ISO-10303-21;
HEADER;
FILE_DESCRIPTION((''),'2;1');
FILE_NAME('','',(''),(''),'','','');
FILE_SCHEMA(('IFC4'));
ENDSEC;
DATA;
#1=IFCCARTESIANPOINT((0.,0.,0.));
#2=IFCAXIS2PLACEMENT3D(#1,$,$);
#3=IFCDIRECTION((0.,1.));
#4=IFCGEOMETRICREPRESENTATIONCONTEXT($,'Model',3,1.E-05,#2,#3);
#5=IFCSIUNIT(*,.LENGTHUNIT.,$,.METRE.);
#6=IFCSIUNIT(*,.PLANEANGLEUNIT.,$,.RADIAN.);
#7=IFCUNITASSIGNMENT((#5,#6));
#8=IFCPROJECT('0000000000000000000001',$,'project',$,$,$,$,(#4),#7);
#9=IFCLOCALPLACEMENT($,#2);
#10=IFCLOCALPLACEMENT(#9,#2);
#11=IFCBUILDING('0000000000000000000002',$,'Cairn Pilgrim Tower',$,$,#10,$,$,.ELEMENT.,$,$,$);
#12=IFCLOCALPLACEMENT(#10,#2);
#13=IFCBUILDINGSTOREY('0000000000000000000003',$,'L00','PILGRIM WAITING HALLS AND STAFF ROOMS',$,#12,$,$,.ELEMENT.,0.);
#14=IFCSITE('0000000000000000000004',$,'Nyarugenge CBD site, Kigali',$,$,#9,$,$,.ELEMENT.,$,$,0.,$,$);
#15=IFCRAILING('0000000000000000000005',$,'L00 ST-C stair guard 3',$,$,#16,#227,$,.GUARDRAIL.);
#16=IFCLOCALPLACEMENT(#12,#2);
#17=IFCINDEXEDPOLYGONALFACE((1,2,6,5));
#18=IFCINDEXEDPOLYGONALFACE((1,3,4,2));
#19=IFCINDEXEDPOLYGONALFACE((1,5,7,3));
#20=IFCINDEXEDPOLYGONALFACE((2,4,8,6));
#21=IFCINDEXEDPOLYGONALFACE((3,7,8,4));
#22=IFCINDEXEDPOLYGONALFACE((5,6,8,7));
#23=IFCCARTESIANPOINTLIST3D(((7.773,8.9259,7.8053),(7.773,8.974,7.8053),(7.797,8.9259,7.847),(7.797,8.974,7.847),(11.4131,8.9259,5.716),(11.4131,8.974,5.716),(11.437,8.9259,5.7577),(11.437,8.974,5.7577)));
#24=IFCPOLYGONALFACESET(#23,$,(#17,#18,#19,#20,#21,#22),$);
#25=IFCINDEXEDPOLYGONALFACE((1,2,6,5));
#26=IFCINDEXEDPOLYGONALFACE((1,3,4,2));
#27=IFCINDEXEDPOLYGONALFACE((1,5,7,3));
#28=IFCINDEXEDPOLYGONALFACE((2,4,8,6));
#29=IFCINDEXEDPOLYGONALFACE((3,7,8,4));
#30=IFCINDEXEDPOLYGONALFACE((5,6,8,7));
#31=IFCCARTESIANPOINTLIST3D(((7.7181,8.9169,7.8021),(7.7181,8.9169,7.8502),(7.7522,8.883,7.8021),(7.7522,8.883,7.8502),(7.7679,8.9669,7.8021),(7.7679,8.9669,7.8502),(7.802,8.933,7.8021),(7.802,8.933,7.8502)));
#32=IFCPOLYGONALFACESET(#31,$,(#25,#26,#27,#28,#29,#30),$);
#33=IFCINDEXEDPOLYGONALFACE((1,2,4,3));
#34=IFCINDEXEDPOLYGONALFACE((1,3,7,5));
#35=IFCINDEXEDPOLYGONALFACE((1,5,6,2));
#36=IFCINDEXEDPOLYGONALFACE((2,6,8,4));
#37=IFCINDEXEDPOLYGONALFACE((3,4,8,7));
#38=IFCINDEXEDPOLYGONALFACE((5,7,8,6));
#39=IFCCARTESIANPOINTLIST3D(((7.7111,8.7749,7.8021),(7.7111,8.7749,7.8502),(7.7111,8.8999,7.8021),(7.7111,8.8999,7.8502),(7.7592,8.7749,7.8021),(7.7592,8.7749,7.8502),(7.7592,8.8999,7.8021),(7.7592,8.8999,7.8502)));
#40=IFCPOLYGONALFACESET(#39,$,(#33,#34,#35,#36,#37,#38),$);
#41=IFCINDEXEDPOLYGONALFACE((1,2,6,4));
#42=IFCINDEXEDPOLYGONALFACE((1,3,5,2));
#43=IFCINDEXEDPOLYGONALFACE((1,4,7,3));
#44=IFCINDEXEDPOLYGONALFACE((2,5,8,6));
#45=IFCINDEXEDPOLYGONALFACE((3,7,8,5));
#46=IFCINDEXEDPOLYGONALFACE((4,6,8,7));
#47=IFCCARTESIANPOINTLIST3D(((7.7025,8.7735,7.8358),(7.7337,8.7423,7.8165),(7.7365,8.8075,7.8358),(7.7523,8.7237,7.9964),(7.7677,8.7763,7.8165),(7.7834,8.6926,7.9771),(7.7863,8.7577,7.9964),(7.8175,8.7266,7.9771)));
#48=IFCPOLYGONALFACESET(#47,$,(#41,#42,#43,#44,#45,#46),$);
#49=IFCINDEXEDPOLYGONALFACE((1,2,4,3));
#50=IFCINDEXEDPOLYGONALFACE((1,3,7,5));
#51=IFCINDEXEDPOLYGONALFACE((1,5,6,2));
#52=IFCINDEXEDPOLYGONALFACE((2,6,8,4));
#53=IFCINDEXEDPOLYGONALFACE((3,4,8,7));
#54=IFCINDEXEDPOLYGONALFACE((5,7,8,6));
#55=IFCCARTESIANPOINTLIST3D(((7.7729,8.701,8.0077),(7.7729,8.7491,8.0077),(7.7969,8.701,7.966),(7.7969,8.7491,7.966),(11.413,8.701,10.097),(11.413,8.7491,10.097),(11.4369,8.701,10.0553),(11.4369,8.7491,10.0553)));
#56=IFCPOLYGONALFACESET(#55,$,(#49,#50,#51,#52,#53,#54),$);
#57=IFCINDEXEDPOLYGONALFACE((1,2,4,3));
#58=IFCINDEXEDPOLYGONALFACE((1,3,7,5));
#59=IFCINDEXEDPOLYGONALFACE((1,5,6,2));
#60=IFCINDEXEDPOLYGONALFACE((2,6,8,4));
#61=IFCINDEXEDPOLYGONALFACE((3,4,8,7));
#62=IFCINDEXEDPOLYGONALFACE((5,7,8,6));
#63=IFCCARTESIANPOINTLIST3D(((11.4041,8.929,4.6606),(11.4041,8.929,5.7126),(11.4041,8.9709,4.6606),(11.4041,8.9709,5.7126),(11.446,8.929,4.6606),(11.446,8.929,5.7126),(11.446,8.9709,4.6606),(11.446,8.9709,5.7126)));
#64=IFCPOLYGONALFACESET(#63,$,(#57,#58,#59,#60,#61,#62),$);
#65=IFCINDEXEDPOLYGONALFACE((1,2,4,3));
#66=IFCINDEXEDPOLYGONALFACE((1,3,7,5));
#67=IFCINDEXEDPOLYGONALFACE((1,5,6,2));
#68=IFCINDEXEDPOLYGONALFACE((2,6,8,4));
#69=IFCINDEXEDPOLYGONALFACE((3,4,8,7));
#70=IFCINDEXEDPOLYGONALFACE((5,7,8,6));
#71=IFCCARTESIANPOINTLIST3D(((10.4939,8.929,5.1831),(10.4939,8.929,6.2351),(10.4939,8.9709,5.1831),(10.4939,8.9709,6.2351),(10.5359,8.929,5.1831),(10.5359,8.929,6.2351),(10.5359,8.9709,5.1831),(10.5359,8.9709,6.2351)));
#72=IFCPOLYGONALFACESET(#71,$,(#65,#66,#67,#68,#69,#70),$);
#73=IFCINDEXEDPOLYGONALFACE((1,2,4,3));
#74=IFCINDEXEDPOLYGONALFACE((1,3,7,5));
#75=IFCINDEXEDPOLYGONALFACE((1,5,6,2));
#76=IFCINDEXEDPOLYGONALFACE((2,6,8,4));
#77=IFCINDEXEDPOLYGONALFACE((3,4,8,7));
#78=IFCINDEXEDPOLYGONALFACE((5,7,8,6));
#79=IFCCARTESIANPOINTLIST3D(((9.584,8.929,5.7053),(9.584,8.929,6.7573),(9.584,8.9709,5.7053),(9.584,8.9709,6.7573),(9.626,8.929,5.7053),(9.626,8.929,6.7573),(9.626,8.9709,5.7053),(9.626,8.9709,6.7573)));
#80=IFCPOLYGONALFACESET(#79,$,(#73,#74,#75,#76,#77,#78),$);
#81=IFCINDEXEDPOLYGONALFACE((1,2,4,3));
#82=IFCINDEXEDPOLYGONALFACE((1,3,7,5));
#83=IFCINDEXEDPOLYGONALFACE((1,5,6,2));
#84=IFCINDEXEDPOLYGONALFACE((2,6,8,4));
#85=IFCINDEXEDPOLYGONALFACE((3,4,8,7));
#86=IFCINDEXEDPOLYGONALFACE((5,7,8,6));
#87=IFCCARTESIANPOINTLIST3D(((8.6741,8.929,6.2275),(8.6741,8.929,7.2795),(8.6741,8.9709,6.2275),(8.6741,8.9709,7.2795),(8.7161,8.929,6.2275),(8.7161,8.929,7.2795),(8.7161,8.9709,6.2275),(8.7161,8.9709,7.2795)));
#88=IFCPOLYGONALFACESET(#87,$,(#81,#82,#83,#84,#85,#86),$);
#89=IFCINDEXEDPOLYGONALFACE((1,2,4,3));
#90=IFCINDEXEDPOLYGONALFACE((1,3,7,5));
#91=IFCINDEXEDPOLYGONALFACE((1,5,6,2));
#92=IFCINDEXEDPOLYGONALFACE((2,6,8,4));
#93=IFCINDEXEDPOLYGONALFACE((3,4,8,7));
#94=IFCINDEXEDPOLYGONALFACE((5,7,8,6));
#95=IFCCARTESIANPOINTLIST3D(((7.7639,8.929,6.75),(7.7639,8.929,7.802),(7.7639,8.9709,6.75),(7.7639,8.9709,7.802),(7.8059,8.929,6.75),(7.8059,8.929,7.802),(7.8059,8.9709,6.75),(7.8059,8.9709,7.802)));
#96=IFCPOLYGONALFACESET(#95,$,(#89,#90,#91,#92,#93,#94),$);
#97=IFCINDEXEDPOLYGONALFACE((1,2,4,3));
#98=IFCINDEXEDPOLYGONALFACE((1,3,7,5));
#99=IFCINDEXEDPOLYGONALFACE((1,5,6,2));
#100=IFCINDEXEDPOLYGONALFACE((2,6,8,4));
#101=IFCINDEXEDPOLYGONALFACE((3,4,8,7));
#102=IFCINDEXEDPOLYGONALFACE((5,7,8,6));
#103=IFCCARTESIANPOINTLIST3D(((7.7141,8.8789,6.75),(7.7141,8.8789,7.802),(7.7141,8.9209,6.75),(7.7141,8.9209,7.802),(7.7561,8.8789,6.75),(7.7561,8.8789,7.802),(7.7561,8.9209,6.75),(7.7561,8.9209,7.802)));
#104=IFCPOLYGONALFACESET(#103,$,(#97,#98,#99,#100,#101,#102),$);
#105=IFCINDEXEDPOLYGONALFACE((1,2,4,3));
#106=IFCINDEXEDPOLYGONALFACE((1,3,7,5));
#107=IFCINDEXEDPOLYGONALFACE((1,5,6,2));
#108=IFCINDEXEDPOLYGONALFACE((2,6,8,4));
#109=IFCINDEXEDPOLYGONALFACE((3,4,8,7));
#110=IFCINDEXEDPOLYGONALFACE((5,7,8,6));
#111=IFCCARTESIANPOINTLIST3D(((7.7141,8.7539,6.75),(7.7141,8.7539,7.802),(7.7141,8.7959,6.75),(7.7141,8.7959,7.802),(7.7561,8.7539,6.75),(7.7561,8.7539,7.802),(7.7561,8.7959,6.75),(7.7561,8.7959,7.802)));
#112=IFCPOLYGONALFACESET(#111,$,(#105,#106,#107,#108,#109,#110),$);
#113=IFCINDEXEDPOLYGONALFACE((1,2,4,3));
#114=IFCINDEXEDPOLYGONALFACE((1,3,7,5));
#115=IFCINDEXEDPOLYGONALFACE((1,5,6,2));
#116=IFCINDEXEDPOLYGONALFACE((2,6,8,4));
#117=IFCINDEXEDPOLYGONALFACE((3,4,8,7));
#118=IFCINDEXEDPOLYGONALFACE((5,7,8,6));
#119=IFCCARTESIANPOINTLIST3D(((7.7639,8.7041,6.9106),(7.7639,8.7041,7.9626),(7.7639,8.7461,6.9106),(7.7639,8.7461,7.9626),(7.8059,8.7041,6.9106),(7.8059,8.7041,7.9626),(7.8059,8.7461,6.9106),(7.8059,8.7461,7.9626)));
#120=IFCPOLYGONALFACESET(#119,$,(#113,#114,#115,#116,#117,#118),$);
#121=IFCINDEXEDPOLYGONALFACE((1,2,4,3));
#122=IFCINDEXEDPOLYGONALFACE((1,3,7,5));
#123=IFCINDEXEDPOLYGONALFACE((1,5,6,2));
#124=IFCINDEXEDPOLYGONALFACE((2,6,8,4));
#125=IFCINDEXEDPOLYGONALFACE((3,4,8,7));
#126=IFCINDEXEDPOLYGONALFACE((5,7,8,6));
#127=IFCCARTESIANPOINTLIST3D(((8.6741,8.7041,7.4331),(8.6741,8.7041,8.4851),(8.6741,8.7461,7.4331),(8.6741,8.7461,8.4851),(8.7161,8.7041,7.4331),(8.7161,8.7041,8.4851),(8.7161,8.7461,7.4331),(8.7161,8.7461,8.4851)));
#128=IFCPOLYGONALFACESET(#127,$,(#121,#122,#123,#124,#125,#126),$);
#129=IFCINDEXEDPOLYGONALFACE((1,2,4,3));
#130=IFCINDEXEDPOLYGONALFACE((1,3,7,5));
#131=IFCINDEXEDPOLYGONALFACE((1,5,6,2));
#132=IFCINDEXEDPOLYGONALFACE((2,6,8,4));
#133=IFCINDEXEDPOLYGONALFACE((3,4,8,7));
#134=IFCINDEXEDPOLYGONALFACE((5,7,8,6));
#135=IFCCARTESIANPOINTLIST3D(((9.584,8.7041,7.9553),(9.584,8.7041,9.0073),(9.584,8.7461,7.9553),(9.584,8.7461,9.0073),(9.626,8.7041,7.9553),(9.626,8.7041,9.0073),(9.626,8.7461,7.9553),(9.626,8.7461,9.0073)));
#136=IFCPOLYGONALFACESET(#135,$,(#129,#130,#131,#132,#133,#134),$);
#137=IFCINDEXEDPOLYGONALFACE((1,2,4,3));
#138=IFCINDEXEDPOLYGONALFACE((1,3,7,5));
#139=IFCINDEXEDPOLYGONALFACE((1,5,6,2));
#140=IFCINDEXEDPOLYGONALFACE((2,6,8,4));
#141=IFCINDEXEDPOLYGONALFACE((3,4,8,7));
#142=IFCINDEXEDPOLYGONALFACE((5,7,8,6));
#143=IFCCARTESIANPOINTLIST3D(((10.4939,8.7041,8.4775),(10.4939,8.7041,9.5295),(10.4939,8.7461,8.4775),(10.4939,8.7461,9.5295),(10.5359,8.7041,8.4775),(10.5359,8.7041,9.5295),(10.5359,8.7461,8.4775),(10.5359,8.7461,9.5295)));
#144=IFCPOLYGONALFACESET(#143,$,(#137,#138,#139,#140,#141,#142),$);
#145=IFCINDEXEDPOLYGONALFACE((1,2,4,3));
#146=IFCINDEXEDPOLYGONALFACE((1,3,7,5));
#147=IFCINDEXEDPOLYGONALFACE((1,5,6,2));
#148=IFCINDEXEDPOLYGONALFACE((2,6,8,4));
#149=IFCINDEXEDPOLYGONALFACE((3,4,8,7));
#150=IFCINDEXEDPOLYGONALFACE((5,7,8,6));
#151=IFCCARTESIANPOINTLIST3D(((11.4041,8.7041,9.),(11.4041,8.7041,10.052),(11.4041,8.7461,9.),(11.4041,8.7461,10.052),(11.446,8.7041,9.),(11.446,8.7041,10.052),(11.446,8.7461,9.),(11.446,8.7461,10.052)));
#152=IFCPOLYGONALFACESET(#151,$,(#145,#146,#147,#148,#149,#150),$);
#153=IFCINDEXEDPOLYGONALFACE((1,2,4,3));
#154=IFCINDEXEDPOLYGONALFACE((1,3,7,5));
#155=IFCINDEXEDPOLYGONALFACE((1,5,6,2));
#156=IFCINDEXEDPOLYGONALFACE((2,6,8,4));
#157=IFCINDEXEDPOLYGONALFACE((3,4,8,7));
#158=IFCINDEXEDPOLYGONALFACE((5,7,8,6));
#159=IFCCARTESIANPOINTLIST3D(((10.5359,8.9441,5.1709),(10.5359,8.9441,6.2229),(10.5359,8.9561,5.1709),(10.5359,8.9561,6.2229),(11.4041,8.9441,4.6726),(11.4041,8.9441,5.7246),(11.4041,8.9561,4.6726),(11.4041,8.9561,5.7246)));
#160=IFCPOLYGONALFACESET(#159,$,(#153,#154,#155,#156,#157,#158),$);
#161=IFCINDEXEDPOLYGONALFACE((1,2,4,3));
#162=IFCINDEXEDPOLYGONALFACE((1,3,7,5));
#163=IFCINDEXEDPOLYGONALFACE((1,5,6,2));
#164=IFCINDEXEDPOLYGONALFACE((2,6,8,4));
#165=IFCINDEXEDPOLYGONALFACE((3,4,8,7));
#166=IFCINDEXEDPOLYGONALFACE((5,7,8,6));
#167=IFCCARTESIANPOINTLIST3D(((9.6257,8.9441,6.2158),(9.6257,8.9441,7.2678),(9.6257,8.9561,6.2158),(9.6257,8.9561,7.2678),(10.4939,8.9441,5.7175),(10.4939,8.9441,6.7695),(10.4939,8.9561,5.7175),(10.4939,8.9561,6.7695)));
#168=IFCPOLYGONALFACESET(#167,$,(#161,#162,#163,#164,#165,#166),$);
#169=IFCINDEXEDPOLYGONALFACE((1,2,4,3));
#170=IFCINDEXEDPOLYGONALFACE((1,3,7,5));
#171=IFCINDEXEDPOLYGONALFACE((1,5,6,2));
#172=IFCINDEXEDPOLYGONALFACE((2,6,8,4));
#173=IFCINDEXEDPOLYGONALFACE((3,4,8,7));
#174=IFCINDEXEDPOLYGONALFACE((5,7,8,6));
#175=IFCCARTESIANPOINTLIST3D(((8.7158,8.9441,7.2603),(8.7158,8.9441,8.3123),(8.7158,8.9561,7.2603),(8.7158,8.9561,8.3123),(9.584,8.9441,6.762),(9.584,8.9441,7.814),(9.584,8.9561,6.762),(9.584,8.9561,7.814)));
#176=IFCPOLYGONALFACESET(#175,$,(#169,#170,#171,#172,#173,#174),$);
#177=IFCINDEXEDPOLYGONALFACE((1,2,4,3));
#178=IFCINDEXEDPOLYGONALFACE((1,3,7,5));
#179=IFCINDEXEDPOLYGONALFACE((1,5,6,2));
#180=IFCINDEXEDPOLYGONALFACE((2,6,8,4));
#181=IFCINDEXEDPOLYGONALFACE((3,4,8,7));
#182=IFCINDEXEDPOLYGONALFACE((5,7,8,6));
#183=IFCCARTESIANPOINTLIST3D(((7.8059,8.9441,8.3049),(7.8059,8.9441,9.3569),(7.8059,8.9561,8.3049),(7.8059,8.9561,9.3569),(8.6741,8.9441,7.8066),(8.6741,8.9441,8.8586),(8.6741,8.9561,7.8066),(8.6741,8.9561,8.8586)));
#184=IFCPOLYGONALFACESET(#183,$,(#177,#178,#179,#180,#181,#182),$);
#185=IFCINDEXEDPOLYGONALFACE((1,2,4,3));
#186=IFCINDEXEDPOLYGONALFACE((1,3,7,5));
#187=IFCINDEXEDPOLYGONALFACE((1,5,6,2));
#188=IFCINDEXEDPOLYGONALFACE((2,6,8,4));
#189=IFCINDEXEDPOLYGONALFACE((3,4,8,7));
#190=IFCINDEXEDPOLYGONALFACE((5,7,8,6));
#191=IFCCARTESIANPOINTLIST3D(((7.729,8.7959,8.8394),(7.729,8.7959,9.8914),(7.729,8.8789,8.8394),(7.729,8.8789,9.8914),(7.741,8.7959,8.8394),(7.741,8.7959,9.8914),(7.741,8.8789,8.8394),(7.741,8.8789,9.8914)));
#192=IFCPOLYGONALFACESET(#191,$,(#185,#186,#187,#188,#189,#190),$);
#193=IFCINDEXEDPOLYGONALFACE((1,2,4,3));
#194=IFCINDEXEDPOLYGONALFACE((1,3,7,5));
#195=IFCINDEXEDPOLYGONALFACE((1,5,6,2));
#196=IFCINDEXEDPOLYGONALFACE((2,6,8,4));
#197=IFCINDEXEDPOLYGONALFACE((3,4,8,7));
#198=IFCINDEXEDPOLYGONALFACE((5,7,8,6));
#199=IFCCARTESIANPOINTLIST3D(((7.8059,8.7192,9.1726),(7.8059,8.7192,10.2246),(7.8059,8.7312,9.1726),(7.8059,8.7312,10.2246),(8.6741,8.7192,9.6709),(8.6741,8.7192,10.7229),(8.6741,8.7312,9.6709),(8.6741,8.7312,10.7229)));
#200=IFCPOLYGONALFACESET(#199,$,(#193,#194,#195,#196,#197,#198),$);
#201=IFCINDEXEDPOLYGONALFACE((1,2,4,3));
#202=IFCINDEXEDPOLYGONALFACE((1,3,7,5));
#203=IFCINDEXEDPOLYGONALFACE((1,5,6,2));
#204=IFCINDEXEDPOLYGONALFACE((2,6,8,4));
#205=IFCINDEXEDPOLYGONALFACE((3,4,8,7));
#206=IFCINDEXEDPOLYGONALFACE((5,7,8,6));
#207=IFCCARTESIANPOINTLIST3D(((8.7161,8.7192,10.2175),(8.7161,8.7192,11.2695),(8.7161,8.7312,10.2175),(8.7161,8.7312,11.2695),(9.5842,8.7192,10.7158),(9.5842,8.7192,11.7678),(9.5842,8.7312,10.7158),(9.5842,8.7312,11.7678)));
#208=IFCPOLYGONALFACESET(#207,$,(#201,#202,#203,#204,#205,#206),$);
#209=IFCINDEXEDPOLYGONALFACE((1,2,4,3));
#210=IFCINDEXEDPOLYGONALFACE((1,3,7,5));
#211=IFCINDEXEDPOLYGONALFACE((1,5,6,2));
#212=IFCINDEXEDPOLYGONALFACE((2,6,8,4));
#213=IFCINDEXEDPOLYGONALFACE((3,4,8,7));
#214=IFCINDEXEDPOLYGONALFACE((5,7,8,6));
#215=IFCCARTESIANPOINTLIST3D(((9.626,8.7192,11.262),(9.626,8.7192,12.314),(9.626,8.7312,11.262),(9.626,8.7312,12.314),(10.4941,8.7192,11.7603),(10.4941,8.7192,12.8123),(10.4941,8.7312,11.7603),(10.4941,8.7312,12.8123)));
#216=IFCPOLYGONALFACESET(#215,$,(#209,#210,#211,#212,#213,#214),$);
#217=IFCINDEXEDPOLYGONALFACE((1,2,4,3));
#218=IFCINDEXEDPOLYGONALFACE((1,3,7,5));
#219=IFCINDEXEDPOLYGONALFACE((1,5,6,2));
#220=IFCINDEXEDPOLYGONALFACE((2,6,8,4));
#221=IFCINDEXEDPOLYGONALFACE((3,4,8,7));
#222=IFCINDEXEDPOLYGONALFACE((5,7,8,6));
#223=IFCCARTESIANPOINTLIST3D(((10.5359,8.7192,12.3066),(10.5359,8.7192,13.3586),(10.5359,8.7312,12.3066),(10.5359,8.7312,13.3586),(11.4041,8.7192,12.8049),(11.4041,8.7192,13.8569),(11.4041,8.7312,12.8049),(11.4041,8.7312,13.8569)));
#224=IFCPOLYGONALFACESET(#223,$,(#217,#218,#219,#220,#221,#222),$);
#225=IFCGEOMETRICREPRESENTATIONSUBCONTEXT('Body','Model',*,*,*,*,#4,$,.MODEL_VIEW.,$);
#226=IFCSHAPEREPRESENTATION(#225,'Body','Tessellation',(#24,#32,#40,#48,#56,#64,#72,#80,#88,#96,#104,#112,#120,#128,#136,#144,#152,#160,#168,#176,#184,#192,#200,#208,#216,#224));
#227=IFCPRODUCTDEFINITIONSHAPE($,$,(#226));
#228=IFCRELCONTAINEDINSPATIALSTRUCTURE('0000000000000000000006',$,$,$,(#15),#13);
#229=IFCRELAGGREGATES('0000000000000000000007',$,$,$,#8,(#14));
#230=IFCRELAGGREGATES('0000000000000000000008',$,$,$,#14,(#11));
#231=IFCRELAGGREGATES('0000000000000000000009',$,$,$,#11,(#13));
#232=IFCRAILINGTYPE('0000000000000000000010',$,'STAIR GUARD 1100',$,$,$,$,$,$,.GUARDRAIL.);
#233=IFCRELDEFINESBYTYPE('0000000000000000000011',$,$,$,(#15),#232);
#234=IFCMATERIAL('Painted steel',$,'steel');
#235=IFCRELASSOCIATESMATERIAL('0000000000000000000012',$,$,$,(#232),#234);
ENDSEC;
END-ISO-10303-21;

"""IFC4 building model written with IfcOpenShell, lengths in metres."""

from ifc_helpers import new_model, si_unit, direction, frame, origin, origin_2d, place, context, subcontext, project, spatial, polyline, rectangle, outline, extrude, material, type_object, element, save


model = new_model("IFC4")

# Units and contexts
model_context = context("Model", 3, precision=1e-05, world=origin(), true_north=direction((0.0, 1.0)))
body_context = subcontext(model_context, "Body", "Model", "MODEL_VIEW")
ifc_project = project(units=[si_unit("LENGTHUNIT", "METRE"), si_unit("PLANEANGLEUNIT", "RADIAN")], contexts=[model_context])

# Site, building, storey
site_placement = place(None, origin())
site = spatial("IfcSite", under=ifc_project, at=site_placement, Name="Nyarugenge CBD site, Kigali", CompositionType="ELEMENT", RefElevation=0.0)
building_placement = place(site_placement, origin())
building = spatial("IfcBuilding", under=site, at=building_placement, Name="Cairn Pilgrim Tower", CompositionType="ELEMENT")
storey_placement = place(building_placement, origin())
storey = spatial("IfcBuildingStorey", under=building, at=storey_placement, Name="L00", Description="PILGRIM WAITING HALLS AND STAFF ROOMS", CompositionType="ELEMENT", Elevation=0.0)

# Shared definitions
ifc_material_1 = material(Name="Painted steel", Category="steel")

# Railing
railing_type_1 = type_object("IfcRailingType", Name="STAIR GUARD 1100", PredefinedType="GUARDRAIL", material=ifc_material_1)
railing_1_placement = place(storey_placement, frame((11.425, 8.95, 4.6606)))
element("IfcRailing", 1, at=railing_1_placement, inside=storey, type_object=railing_type_1, Name="L00 ST-C stair guard 3", PredefinedType="GUARDRAIL", context=body_context, shape_type="SweptSolid", body=[
    extrude(rectangle(XDim=0.0481, YDim=0.0481, at=origin_2d()), frame((0.0, 0.0, 1.0762), z_axis=(-0.867289, 0.0, 0.497804), x_axis=(0.0, -1.0, 0.0)), (0.0, 0.0, 1.0), 4.197),
    extrude(rectangle(XDim=0.0481, YDim=0.0481, at=origin_2d()), frame((-3.6401, 0.0, 3.1655), z_axis=(-0.705376, -0.708834, 0.0), x_axis=(0.708834, -0.705376, 0.0)), (0.0, 0.0, 1.0), 0.0706),
    extrude(rectangle(XDim=0.0481, YDim=0.0481, at=origin_2d()), frame((-3.6899, -0.05, 3.1655), z_axis=(0.0, -1.0, 0.0), x_axis=(1.0, 0.0, 0.0)), (0.0, 0.0, 1.0), 0.125),
    extrude(rectangle(XDim=0.0481, YDim=0.0481, at=origin_2d()), frame((-3.6899, -0.175, 3.1655), z_axis=(0.283938, -0.283938, 0.915838), x_axis=(0.707107, 0.707107, 0.0)), (0.0, 0.0, 1.0), 0.1753),
    extrude(rectangle(XDim=0.0481, YDim=0.0481, at=origin_2d()), frame((-3.6401, -0.2249, 3.3262), z_axis=(0.867289, 0.0, 0.497804), x_axis=(0.0, 1.0, 0.0)), (0.0, 0.0, 1.0), 4.197),
    extrude(rectangle(XDim=0.042, YDim=0.042, at=origin_2d()), origin(), (0.0, 0.0, 1.0), 1.052),
    extrude(rectangle(XDim=0.042, YDim=0.042, at=origin_2d()), frame((-0.9102, 0.0, 0.5225)), (0.0, 0.0, 1.0), 1.052),
    extrude(rectangle(XDim=0.042, YDim=0.042, at=origin_2d()), frame((-1.8201, 0.0, 1.0447)), (0.0, 0.0, 1.0), 1.052),
    extrude(rectangle(XDim=0.042, YDim=0.042, at=origin_2d()), frame((-2.73, 0.0, 1.5669)), (0.0, 0.0, 1.0), 1.052),
    extrude(rectangle(XDim=0.042, YDim=0.042, at=origin_2d()), frame((-3.6401, 0.0, 2.0894)), (0.0, 0.0, 1.0), 1.052),
    extrude(rectangle(XDim=0.042, YDim=0.042, at=origin_2d()), frame((-3.6899, -0.05, 2.0894)), (0.0, 0.0, 1.0), 1.052),
    extrude(rectangle(XDim=0.042, YDim=0.042, at=origin_2d()), frame((-3.6899, -0.175, 2.0894)), (0.0, 0.0, 1.0), 1.052),
    extrude(rectangle(XDim=0.042, YDim=0.042, at=origin_2d()), frame((-3.6401, -0.2249, 2.25)), (0.0, 0.0, 1.0), 1.052),
    extrude(rectangle(XDim=0.042, YDim=0.042, at=origin_2d()), frame((-2.73, -0.2249, 2.7725)), (0.0, 0.0, 1.0), 1.052),
    extrude(rectangle(XDim=0.042, YDim=0.042, at=origin_2d()), frame((-1.8201, -0.2249, 3.2947)), (0.0, 0.0, 1.0), 1.052),
    extrude(rectangle(XDim=0.042, YDim=0.042, at=origin_2d()), frame((-0.9102, -0.2249, 3.8169)), (0.0, 0.0, 1.0), 1.052),
    extrude(rectangle(XDim=0.042, YDim=0.042, at=origin_2d()), frame((0.0, -0.2249, 4.3394)), (0.0, 0.0, 1.0), 1.052),
    extrude(outline(polyline([(0.021, 0.012), (0.8892, 0.5103), (0.8892, 1.5623), (0.021, 1.064), (0.021, 0.012)])), frame((0.0, -0.0059, 0.0), z_axis=(0.0, 1.0, 0.0), x_axis=(-1.0, 0.0, 0.0)), (0.0, 0.0, 1.0), 0.012),
    extrude(outline(polyline([(0.021, 0.5344), (0.8892, 1.0327), (0.8892, 2.0847), (0.021, 1.5864), (0.021, 0.5344)])), frame((-0.9102, -0.0059, 0.5225), z_axis=(0.0, 1.0, 0.0), x_axis=(-1.0, 0.0, 0.0)), (0.0, 0.0, 1.0), 0.012),
    extrude(outline(polyline([(0.021, 1.0566), (0.8892, 1.5549), (0.8892, 2.6069), (0.021, 2.1086), (0.021, 1.0566)])), frame((-1.8201, -0.0059, 1.0447), z_axis=(0.0, 1.0, 0.0), x_axis=(-1.0, 0.0, 0.0)), (0.0, 0.0, 1.0), 0.012),
    extrude(outline(polyline([(0.021, 1.5791), (0.8892, 2.0774), (0.8892, 3.1294), (0.021, 2.6311), (0.021, 1.5791)])), frame((-2.73, -0.0059, 1.5669), z_axis=(0.0, 1.0, 0.0), x_axis=(-1.0, 0.0, 0.0)), (0.0, 0.0, 1.0), 0.012),
    extrude(outline(polyline([(0.021, 2.0894), (0.104, 2.0894), (0.104, 3.1414), (0.021, 3.1414), (0.021, 2.0894)])), frame((-3.6841, -0.05, 2.0894), z_axis=(-1.0, 0.0, 0.0), x_axis=(0.0, -1.0, 0.0)), (0.0, 0.0, 1.0), 0.012),
    extrude(outline(polyline([(0.021, 2.262), (0.8892, 2.7603), (0.8892, 3.8123), (0.021, 3.314), (0.021, 2.262)])), frame((-3.6401, -0.2188, 2.25), z_axis=(0.0, -1.0, 0.0), x_axis=(1.0, 0.0, 0.0)), (0.0, 0.0, 1.0), 0.012),
    extrude(outline(polyline([(0.021, 2.7844), (0.8892, 3.2827), (0.8892, 4.3347), (0.021, 3.8364), (0.021, 2.7844)])), frame((-2.73, -0.2188, 2.7725), z_axis=(0.0, -1.0, 0.0), x_axis=(1.0, 0.0, 0.0)), (0.0, 0.0, 1.0), 0.012),
    extrude(outline(polyline([(0.021, 3.3066), (0.8892, 3.8049), (0.8892, 4.8569), (0.021, 4.3586), (0.021, 3.3066)])), frame((-1.8201, -0.2188, 3.2947), z_axis=(0.0, -1.0, 0.0), x_axis=(1.0, 0.0, 0.0)), (0.0, 0.0, 1.0), 0.012),
    extrude(outline(polyline([(0.021, 3.8291), (0.8892, 4.3274), (0.8892, 5.3794), (0.021, 4.8811), (0.021, 3.8291)])), frame((-0.9102, -0.2188, 3.8169), z_axis=(0.0, -1.0, 0.0), x_axis=(1.0, 0.0, 0.0)), (0.0, 0.0, 1.0), 0.012),
])

save(model, "model.ifc")
